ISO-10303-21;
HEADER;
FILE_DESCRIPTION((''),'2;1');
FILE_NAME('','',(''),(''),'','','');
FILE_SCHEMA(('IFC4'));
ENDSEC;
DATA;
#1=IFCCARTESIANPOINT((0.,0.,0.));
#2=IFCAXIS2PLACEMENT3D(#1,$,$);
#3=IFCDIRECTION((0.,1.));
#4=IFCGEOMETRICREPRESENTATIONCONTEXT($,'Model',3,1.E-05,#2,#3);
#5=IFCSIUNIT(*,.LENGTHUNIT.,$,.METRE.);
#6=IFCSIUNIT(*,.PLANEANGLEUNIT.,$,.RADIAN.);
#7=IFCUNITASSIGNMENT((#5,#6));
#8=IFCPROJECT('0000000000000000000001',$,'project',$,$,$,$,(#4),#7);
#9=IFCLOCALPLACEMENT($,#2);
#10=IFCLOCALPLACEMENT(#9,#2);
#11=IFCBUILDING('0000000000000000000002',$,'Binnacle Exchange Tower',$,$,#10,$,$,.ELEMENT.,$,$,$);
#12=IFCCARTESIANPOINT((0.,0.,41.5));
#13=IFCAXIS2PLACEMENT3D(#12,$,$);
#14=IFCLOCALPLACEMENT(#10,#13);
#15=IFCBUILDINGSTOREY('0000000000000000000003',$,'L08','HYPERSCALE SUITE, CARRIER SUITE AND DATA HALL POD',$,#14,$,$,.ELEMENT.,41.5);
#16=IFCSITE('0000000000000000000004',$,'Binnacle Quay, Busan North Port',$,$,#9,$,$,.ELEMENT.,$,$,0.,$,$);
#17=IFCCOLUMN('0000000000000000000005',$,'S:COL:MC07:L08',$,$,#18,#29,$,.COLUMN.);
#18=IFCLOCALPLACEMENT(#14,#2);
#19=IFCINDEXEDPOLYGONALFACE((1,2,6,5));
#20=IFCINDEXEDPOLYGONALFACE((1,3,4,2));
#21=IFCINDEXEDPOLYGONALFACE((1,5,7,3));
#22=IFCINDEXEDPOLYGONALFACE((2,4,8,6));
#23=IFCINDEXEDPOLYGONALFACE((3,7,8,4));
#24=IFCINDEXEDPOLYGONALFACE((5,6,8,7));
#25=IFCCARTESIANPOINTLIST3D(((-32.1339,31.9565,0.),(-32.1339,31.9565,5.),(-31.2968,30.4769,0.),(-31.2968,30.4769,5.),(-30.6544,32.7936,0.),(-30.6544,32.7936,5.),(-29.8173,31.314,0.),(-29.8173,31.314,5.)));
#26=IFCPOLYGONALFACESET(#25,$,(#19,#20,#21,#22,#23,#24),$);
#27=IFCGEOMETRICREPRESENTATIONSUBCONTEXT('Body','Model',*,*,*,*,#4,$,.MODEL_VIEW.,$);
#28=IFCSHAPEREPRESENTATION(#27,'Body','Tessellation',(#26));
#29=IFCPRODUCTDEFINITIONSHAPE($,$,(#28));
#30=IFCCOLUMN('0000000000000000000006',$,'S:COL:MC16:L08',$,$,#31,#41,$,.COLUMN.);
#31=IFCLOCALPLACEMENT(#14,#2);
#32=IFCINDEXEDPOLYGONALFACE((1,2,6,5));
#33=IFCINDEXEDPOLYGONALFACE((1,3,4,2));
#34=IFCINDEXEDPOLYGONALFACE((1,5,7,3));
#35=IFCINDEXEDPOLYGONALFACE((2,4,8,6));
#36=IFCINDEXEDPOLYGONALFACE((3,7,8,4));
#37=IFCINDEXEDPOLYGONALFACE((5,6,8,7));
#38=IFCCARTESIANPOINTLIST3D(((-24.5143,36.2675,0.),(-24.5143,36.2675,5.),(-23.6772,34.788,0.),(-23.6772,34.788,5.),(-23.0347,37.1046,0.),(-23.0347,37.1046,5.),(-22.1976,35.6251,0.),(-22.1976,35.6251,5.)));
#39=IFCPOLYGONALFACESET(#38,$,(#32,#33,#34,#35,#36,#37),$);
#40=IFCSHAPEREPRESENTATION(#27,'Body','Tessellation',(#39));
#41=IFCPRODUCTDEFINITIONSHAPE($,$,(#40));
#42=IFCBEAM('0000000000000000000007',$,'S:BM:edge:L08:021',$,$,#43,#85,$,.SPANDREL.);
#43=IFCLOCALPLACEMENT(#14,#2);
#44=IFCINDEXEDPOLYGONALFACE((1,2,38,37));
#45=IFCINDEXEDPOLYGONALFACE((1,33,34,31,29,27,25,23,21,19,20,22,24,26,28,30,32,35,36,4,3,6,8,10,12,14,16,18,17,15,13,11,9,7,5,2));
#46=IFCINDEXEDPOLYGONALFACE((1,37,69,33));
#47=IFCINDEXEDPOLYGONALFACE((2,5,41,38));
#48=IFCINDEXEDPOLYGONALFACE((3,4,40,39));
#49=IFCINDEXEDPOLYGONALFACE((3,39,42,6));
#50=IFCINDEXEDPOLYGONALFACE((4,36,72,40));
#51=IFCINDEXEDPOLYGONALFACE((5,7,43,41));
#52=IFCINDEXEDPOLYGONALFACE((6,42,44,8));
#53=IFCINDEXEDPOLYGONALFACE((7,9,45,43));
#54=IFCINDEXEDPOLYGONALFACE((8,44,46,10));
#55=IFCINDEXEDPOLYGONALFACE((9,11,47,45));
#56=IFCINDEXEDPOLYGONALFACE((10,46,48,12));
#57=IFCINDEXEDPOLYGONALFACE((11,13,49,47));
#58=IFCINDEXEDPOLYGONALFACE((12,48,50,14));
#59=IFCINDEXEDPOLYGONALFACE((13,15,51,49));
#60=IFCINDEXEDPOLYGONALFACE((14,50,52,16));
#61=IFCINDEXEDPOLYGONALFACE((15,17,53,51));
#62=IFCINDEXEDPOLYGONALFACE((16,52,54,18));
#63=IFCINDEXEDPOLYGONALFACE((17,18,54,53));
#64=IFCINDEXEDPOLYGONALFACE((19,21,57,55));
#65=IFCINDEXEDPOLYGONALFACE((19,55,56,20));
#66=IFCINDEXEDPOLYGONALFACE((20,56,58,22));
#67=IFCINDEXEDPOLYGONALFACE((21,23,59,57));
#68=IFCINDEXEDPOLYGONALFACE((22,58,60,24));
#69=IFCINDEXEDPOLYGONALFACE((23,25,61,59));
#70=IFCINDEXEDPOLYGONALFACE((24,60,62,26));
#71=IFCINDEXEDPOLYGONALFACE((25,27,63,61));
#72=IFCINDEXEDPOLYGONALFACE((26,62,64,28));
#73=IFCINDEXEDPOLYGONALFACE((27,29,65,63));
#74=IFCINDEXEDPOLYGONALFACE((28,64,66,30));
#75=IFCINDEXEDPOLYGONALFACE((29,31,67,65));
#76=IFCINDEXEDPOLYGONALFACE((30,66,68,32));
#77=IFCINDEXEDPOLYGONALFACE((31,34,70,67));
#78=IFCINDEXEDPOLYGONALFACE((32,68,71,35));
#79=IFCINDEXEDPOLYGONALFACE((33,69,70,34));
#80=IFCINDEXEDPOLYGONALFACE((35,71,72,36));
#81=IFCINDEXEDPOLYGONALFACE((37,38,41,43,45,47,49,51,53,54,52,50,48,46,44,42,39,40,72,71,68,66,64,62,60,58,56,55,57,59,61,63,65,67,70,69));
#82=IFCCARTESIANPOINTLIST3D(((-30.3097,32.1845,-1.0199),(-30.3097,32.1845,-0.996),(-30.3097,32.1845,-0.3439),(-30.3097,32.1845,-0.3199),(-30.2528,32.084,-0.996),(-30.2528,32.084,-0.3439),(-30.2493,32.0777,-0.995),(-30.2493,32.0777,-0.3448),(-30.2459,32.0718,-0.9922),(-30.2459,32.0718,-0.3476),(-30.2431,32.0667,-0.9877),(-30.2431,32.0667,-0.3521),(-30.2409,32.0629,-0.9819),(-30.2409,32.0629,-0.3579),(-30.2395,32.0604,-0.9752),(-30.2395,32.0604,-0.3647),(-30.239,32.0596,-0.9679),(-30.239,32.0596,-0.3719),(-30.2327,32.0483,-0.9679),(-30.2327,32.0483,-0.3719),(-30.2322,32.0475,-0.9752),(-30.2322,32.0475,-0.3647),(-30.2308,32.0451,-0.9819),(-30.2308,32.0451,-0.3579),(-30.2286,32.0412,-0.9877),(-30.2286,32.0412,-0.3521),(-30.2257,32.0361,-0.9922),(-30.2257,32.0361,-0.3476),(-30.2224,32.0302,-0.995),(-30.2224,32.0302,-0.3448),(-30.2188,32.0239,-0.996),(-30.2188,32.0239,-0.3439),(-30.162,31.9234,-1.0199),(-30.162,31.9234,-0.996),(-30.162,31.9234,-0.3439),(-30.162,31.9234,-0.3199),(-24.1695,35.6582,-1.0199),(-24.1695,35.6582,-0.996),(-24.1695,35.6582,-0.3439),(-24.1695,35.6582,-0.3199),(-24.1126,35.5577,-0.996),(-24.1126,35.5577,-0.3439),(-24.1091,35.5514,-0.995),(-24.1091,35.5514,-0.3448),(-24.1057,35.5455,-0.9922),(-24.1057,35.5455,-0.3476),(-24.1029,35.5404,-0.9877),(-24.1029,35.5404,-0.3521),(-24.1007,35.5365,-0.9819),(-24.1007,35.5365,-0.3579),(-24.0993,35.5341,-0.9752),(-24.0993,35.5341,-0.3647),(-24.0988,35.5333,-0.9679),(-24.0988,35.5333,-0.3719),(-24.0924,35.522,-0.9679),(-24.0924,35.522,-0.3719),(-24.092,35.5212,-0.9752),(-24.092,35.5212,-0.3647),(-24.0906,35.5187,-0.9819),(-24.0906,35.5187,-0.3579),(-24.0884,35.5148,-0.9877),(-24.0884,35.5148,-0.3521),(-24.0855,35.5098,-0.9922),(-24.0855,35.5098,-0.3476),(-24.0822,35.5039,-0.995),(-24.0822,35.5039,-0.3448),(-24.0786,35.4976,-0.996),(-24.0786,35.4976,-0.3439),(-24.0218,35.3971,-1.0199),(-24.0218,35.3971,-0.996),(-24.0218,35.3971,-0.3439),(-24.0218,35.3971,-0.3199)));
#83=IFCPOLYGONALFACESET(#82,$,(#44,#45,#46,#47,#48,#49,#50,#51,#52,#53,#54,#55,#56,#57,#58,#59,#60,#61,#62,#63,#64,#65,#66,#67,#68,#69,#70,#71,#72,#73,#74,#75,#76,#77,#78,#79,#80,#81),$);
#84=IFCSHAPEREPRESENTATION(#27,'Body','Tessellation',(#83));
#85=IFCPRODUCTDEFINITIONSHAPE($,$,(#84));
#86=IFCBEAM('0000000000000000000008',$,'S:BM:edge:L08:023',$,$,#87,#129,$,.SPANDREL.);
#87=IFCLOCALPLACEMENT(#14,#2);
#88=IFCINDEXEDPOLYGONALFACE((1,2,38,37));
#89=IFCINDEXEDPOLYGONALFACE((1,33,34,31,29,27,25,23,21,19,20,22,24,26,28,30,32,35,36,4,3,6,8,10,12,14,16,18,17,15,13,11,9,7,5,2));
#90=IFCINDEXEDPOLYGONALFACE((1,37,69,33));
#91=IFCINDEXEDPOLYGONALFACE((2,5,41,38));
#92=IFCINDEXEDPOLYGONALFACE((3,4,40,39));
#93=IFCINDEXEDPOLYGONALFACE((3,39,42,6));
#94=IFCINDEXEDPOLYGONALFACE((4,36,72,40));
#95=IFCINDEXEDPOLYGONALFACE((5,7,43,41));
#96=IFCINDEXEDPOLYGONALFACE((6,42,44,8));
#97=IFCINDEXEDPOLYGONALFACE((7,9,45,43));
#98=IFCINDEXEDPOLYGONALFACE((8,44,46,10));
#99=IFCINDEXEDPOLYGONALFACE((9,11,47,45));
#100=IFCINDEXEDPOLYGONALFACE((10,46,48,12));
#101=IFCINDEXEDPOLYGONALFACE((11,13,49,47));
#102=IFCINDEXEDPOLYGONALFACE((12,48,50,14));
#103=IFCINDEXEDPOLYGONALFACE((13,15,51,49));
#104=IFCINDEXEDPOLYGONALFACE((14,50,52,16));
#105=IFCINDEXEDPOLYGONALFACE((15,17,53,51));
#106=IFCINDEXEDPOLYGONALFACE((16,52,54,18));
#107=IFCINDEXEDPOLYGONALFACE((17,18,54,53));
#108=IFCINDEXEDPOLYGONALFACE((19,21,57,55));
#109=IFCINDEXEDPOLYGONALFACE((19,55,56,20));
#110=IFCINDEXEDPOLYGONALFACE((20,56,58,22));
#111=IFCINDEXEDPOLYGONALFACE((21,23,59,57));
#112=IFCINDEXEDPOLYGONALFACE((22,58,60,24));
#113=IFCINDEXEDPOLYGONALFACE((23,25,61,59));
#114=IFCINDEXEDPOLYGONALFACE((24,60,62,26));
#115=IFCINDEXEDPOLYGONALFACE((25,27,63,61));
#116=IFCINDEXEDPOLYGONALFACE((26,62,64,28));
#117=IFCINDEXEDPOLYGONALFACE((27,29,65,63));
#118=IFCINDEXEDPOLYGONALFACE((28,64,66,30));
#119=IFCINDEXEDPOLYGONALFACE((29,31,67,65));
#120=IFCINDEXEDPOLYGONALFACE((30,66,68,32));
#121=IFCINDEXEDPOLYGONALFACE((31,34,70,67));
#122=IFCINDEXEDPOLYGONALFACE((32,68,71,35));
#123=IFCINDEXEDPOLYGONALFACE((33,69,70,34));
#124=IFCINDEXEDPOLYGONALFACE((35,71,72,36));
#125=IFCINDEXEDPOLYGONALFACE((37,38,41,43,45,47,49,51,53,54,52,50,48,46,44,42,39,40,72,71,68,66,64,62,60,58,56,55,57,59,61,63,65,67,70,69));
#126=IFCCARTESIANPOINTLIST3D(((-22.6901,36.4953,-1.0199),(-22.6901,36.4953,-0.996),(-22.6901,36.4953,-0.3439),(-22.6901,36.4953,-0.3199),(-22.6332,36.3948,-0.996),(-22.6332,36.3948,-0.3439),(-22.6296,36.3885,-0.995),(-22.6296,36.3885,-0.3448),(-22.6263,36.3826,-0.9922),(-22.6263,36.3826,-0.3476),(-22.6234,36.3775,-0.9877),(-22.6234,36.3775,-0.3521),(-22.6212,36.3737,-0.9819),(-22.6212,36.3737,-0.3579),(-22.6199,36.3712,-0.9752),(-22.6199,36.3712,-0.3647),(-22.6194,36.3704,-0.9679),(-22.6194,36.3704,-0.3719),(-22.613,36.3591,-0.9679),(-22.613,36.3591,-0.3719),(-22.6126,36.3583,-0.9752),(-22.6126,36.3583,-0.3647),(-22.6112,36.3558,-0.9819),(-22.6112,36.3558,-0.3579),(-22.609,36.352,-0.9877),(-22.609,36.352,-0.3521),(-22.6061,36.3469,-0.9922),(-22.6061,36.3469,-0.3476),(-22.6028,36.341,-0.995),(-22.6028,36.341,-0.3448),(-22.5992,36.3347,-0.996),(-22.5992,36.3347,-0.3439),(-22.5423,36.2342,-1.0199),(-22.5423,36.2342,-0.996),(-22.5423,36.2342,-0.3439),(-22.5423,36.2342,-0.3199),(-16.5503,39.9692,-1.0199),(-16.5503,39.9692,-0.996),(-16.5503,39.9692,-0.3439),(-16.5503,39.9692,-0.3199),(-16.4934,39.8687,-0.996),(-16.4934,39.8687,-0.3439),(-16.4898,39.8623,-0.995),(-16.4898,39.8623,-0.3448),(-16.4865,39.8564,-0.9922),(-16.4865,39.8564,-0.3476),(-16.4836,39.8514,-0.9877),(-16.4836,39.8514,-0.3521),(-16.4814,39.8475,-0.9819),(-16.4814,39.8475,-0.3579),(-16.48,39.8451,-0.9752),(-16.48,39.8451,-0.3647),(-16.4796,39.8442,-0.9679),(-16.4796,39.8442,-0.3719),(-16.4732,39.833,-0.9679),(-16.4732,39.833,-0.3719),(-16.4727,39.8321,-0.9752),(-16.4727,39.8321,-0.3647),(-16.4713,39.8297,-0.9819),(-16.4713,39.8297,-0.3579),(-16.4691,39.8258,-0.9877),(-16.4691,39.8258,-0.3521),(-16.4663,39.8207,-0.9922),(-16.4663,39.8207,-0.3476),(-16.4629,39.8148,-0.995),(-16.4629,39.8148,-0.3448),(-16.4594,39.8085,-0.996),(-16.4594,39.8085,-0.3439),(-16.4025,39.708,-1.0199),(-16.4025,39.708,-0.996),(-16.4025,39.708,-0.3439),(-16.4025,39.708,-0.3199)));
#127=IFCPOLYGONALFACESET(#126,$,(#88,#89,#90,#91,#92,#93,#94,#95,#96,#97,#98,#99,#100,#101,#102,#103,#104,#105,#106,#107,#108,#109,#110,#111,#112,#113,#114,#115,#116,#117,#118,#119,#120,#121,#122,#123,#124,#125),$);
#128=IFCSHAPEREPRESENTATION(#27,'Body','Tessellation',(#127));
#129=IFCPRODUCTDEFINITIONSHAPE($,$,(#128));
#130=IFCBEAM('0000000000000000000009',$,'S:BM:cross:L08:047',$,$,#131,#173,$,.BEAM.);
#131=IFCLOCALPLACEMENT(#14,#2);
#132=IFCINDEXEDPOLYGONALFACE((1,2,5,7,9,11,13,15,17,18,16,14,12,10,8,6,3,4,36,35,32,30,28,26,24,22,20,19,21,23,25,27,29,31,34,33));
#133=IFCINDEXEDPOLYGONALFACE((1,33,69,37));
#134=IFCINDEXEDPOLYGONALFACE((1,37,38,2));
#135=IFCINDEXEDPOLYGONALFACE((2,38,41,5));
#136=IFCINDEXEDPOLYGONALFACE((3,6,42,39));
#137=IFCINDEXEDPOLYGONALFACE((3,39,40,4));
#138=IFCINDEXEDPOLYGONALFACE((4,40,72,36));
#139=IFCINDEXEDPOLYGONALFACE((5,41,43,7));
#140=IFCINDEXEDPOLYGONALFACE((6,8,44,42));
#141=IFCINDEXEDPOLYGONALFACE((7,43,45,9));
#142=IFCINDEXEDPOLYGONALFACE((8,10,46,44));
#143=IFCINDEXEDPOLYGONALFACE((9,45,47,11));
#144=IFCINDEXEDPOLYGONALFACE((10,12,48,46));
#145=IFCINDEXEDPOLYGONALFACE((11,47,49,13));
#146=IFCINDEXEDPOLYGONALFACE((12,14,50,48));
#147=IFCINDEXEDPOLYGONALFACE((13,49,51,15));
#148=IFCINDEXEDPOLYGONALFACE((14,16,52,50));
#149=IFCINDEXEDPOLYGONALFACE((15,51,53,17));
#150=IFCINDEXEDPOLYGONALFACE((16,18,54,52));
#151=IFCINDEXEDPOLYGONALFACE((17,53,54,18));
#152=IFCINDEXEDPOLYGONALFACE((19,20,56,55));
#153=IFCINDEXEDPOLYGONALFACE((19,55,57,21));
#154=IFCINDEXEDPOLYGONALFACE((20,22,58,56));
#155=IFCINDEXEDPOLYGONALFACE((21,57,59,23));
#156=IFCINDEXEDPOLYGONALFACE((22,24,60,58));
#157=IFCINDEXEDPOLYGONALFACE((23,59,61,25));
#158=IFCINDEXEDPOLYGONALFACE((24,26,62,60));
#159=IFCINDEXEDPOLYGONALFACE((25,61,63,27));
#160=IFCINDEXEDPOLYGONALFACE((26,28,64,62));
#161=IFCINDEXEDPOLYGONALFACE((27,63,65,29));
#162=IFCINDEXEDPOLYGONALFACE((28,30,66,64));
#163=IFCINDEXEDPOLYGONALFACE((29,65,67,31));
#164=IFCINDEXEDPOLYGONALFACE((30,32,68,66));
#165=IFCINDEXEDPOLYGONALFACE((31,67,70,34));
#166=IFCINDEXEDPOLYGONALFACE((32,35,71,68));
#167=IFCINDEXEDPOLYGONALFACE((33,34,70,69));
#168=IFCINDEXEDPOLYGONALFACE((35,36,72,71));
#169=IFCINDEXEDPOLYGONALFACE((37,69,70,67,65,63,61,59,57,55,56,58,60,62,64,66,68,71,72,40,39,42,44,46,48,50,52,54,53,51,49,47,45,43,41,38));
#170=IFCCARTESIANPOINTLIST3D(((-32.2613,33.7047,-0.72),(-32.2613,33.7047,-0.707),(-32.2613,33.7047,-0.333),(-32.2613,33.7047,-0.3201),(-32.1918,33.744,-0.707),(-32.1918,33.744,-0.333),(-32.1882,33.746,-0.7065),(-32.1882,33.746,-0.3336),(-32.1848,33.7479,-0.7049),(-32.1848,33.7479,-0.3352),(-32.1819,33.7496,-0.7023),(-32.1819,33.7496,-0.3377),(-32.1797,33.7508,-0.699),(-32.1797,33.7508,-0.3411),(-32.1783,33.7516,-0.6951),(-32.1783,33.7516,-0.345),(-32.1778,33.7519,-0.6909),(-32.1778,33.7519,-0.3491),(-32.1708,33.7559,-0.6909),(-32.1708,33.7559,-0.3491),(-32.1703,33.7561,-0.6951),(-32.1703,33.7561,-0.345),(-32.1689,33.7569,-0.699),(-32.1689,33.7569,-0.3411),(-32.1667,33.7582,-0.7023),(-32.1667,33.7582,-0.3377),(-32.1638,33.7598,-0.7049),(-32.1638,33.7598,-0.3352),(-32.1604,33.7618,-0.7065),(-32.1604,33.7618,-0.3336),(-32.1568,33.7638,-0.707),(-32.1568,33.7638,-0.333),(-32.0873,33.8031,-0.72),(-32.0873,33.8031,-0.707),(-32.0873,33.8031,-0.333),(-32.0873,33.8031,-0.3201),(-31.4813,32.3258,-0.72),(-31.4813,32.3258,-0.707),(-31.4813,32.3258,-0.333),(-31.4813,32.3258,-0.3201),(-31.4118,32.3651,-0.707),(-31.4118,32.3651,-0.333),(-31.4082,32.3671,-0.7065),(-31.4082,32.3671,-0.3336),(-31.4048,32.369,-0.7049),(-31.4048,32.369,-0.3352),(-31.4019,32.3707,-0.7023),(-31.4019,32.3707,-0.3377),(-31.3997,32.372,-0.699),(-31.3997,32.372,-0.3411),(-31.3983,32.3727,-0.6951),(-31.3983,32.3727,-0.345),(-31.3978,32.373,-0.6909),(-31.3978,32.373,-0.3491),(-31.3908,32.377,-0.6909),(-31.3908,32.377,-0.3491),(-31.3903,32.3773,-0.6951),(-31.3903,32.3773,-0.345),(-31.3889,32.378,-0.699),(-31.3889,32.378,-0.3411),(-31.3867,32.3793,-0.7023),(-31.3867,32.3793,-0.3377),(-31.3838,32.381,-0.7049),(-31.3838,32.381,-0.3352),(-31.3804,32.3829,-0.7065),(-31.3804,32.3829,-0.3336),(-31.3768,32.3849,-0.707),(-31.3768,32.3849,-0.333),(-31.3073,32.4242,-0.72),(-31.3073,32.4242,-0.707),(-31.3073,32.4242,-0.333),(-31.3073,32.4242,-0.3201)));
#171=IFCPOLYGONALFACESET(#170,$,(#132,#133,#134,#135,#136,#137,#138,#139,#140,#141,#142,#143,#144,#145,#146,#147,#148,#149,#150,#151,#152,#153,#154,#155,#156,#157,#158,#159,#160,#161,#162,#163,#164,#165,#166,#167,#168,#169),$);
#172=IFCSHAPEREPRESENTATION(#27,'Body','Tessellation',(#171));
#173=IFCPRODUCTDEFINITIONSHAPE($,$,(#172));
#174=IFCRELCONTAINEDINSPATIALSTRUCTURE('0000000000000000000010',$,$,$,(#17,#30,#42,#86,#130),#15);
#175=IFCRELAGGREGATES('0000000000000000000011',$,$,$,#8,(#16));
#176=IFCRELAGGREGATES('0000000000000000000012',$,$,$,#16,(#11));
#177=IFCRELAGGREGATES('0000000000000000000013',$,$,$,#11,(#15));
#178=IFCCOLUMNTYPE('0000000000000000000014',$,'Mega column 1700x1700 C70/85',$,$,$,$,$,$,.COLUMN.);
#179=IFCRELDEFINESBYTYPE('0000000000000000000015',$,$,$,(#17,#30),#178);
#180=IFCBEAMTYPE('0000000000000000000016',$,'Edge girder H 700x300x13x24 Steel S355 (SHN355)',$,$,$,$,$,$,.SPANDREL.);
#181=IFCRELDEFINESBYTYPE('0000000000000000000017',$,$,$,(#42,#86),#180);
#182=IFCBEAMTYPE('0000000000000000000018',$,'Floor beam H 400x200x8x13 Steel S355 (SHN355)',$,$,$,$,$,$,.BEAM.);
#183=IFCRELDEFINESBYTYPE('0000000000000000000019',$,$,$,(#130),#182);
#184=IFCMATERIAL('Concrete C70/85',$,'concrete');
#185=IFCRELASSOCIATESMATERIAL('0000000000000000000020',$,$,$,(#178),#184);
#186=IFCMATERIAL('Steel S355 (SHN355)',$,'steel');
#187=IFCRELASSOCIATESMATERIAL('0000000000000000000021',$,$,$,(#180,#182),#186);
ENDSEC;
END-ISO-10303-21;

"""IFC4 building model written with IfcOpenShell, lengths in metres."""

from ifc_helpers import new_model, si_unit, direction, frame, origin, origin_2d, place, context, subcontext, project, spatial, rectangle, i_section, extrude, material, material_profile, profile_set, type_object, element, save


model = new_model("IFC4")

# Units and contexts
model_context = context("Model", 3, precision=1e-05, world=origin(), true_north=direction((0.0, 1.0)))
body_context = subcontext(model_context, "Body", "Model", "MODEL_VIEW")
ifc_project = project(units=[si_unit("LENGTHUNIT", "METRE"), si_unit("PLANEANGLEUNIT", "RADIAN")], contexts=[model_context])

# Site, building, storey
site_placement = place(None, origin())
site = spatial("IfcSite", under=ifc_project, at=site_placement, Name="Binnacle Quay, Busan North Port", CompositionType="ELEMENT", RefElevation=0.0)
building_placement = place(site_placement, origin())
building = spatial("IfcBuilding", under=site, at=building_placement, Name="Binnacle Exchange Tower", CompositionType="ELEMENT")
storey_placement = place(building_placement, frame((0.0, 0.0, 41.5)))
storey = spatial("IfcBuildingStorey", under=building, at=storey_placement, Name="L08", Description="HYPERSCALE SUITE, CARRIER SUITE AND DATA HALL POD", CompositionType="ELEMENT", Elevation=41.5)

# Columns
ifc_material_1 = material(Name="Concrete C70/85", Category="concrete")
ifc_material_profile_1 = material_profile(ifc_material_1, rectangle(XDim=1.7, YDim=1.7, at=origin_2d()), Name="Mega column 1700x1700 C70/85")
ifc_profile_set_1 = profile_set([ifc_material_profile_1], Name="Concrete C70/85")
column_type = type_object("IfcColumnType", Name="Mega column 1700x1700 C70/85", PredefinedType="COLUMN", material=ifc_profile_set_1)
for number, where, z_axis, x_axis, name in (
    (1, (-30.9756, 31.6353, 0.0), (0.0, 0.0, 1.0), (0.870356, 0.492424, 0.0), "S:COL:MC07:L08"),
    (2, (-23.356, 35.9463, 0.0), (0.0, 0.0, 1.0), (0.870356, 0.492424, 0.0), "S:COL:MC16:L08"),
):
    element("IfcColumn", number, at=place(storey_placement, frame(where, z_axis=z_axis, x_axis=x_axis)), inside=storey, type_object=column_type, Name=name, PredefinedType="COLUMN", context=body_context, shape_type="SweptSolid", body=[
        extrude(rectangle(XDim=1.7, YDim=1.7, at=origin_2d()), origin(), (0.0, 0.0, 1.0), 5.0),
    ])

# Beams
ifc_material_2 = material(Name="Steel S355 (SHN355)", Category="steel")
ifc_material_profile_2 = material_profile(ifc_material_2, i_section(OverallWidth=0.3, OverallDepth=0.7, WebThickness=0.0129, FlangeThickness=0.0239, FilletRadius=0.0281, at=origin_2d()), Name="H 700x300x13x24")
ifc_profile_set_2 = profile_set([ifc_material_profile_2], Name="Steel S355 (SHN355)")
beam_type_1 = type_object("IfcBeamType", Name="Edge girder H 700x300x13x24 Steel S355 (SHN355)", PredefinedType="SPANDREL", material=ifc_profile_set_2)
beam_1_placement = place(storey_placement, frame((-30.2358, 32.054, -0.6699), z_axis=(0.870373, 0.492392, 0.0), x_axis=(-0.492392, 0.870373, 0.0)))
element("IfcBeam", 3, at=beam_1_placement, inside=storey, type_object=beam_type_1, Name="S:BM:edge:L08:021", PredefinedType="SPANDREL", context=body_context, shape_type="SweptSolid", body=[
    extrude(i_section(OverallWidth=0.3, OverallDepth=0.7, WebThickness=0.0129, FlangeThickness=0.0239, FilletRadius=0.0281, at=origin_2d()), origin(), (0.0, 0.0, 1.0), 7.0547),
])
beam_2_placement = place(storey_placement, frame((-22.6162, 36.3647, -0.6699), z_axis=(0.87035, 0.492434, 0.0), x_axis=(-0.492434, 0.87035, 0.0)))
element("IfcBeam", 4, at=beam_2_placement, inside=storey, type_object=beam_type_1, Name="S:BM:edge:L08:023", PredefinedType="SPANDREL", context=body_context, shape_type="SweptSolid", body=[
    extrude(i_section(OverallWidth=0.3, OverallDepth=0.7, WebThickness=0.0129, FlangeThickness=0.0239, FilletRadius=0.0281, at=origin_2d()), origin(), (0.0, 0.0, 1.0), 7.0544),
])
ifc_material_profile_3 = material_profile(ifc_material_2, i_section(OverallWidth=0.2, OverallDepth=0.3999, WebThickness=0.0081, FlangeThickness=0.0129, FilletRadius=0.0161, at=origin_2d()), Name="H 400x200x8x13")
ifc_profile_set_3 = profile_set([ifc_material_profile_3], Name="Steel S355 (SHN355)")
beam_type_2 = type_object("IfcBeamType", Name="Floor beam H 400x200x8x13 Steel S355 (SHN355)", PredefinedType="BEAM", material=ifc_profile_set_3)
beam_3_placement = place(storey_placement, frame((-31.3943, 32.375, -0.52), z_axis=(-0.492367, 0.870388, 0.0), x_axis=(-0.870388, -0.492367, 0.0)))
element("IfcBeam", 5, at=beam_3_placement, inside=storey, type_object=beam_type_2, Name="S:BM:cross:L08:047", PredefinedType="BEAM", context=body_context, shape_type="SweptSolid", body=[
    extrude(i_section(OverallWidth=0.2, OverallDepth=0.3999, WebThickness=0.0081, FlangeThickness=0.0129, FilletRadius=0.0161, at=origin_2d()), origin(), (0.0, 0.0, 1.0), 1.5842),
])

save(model, "model.ifc")
